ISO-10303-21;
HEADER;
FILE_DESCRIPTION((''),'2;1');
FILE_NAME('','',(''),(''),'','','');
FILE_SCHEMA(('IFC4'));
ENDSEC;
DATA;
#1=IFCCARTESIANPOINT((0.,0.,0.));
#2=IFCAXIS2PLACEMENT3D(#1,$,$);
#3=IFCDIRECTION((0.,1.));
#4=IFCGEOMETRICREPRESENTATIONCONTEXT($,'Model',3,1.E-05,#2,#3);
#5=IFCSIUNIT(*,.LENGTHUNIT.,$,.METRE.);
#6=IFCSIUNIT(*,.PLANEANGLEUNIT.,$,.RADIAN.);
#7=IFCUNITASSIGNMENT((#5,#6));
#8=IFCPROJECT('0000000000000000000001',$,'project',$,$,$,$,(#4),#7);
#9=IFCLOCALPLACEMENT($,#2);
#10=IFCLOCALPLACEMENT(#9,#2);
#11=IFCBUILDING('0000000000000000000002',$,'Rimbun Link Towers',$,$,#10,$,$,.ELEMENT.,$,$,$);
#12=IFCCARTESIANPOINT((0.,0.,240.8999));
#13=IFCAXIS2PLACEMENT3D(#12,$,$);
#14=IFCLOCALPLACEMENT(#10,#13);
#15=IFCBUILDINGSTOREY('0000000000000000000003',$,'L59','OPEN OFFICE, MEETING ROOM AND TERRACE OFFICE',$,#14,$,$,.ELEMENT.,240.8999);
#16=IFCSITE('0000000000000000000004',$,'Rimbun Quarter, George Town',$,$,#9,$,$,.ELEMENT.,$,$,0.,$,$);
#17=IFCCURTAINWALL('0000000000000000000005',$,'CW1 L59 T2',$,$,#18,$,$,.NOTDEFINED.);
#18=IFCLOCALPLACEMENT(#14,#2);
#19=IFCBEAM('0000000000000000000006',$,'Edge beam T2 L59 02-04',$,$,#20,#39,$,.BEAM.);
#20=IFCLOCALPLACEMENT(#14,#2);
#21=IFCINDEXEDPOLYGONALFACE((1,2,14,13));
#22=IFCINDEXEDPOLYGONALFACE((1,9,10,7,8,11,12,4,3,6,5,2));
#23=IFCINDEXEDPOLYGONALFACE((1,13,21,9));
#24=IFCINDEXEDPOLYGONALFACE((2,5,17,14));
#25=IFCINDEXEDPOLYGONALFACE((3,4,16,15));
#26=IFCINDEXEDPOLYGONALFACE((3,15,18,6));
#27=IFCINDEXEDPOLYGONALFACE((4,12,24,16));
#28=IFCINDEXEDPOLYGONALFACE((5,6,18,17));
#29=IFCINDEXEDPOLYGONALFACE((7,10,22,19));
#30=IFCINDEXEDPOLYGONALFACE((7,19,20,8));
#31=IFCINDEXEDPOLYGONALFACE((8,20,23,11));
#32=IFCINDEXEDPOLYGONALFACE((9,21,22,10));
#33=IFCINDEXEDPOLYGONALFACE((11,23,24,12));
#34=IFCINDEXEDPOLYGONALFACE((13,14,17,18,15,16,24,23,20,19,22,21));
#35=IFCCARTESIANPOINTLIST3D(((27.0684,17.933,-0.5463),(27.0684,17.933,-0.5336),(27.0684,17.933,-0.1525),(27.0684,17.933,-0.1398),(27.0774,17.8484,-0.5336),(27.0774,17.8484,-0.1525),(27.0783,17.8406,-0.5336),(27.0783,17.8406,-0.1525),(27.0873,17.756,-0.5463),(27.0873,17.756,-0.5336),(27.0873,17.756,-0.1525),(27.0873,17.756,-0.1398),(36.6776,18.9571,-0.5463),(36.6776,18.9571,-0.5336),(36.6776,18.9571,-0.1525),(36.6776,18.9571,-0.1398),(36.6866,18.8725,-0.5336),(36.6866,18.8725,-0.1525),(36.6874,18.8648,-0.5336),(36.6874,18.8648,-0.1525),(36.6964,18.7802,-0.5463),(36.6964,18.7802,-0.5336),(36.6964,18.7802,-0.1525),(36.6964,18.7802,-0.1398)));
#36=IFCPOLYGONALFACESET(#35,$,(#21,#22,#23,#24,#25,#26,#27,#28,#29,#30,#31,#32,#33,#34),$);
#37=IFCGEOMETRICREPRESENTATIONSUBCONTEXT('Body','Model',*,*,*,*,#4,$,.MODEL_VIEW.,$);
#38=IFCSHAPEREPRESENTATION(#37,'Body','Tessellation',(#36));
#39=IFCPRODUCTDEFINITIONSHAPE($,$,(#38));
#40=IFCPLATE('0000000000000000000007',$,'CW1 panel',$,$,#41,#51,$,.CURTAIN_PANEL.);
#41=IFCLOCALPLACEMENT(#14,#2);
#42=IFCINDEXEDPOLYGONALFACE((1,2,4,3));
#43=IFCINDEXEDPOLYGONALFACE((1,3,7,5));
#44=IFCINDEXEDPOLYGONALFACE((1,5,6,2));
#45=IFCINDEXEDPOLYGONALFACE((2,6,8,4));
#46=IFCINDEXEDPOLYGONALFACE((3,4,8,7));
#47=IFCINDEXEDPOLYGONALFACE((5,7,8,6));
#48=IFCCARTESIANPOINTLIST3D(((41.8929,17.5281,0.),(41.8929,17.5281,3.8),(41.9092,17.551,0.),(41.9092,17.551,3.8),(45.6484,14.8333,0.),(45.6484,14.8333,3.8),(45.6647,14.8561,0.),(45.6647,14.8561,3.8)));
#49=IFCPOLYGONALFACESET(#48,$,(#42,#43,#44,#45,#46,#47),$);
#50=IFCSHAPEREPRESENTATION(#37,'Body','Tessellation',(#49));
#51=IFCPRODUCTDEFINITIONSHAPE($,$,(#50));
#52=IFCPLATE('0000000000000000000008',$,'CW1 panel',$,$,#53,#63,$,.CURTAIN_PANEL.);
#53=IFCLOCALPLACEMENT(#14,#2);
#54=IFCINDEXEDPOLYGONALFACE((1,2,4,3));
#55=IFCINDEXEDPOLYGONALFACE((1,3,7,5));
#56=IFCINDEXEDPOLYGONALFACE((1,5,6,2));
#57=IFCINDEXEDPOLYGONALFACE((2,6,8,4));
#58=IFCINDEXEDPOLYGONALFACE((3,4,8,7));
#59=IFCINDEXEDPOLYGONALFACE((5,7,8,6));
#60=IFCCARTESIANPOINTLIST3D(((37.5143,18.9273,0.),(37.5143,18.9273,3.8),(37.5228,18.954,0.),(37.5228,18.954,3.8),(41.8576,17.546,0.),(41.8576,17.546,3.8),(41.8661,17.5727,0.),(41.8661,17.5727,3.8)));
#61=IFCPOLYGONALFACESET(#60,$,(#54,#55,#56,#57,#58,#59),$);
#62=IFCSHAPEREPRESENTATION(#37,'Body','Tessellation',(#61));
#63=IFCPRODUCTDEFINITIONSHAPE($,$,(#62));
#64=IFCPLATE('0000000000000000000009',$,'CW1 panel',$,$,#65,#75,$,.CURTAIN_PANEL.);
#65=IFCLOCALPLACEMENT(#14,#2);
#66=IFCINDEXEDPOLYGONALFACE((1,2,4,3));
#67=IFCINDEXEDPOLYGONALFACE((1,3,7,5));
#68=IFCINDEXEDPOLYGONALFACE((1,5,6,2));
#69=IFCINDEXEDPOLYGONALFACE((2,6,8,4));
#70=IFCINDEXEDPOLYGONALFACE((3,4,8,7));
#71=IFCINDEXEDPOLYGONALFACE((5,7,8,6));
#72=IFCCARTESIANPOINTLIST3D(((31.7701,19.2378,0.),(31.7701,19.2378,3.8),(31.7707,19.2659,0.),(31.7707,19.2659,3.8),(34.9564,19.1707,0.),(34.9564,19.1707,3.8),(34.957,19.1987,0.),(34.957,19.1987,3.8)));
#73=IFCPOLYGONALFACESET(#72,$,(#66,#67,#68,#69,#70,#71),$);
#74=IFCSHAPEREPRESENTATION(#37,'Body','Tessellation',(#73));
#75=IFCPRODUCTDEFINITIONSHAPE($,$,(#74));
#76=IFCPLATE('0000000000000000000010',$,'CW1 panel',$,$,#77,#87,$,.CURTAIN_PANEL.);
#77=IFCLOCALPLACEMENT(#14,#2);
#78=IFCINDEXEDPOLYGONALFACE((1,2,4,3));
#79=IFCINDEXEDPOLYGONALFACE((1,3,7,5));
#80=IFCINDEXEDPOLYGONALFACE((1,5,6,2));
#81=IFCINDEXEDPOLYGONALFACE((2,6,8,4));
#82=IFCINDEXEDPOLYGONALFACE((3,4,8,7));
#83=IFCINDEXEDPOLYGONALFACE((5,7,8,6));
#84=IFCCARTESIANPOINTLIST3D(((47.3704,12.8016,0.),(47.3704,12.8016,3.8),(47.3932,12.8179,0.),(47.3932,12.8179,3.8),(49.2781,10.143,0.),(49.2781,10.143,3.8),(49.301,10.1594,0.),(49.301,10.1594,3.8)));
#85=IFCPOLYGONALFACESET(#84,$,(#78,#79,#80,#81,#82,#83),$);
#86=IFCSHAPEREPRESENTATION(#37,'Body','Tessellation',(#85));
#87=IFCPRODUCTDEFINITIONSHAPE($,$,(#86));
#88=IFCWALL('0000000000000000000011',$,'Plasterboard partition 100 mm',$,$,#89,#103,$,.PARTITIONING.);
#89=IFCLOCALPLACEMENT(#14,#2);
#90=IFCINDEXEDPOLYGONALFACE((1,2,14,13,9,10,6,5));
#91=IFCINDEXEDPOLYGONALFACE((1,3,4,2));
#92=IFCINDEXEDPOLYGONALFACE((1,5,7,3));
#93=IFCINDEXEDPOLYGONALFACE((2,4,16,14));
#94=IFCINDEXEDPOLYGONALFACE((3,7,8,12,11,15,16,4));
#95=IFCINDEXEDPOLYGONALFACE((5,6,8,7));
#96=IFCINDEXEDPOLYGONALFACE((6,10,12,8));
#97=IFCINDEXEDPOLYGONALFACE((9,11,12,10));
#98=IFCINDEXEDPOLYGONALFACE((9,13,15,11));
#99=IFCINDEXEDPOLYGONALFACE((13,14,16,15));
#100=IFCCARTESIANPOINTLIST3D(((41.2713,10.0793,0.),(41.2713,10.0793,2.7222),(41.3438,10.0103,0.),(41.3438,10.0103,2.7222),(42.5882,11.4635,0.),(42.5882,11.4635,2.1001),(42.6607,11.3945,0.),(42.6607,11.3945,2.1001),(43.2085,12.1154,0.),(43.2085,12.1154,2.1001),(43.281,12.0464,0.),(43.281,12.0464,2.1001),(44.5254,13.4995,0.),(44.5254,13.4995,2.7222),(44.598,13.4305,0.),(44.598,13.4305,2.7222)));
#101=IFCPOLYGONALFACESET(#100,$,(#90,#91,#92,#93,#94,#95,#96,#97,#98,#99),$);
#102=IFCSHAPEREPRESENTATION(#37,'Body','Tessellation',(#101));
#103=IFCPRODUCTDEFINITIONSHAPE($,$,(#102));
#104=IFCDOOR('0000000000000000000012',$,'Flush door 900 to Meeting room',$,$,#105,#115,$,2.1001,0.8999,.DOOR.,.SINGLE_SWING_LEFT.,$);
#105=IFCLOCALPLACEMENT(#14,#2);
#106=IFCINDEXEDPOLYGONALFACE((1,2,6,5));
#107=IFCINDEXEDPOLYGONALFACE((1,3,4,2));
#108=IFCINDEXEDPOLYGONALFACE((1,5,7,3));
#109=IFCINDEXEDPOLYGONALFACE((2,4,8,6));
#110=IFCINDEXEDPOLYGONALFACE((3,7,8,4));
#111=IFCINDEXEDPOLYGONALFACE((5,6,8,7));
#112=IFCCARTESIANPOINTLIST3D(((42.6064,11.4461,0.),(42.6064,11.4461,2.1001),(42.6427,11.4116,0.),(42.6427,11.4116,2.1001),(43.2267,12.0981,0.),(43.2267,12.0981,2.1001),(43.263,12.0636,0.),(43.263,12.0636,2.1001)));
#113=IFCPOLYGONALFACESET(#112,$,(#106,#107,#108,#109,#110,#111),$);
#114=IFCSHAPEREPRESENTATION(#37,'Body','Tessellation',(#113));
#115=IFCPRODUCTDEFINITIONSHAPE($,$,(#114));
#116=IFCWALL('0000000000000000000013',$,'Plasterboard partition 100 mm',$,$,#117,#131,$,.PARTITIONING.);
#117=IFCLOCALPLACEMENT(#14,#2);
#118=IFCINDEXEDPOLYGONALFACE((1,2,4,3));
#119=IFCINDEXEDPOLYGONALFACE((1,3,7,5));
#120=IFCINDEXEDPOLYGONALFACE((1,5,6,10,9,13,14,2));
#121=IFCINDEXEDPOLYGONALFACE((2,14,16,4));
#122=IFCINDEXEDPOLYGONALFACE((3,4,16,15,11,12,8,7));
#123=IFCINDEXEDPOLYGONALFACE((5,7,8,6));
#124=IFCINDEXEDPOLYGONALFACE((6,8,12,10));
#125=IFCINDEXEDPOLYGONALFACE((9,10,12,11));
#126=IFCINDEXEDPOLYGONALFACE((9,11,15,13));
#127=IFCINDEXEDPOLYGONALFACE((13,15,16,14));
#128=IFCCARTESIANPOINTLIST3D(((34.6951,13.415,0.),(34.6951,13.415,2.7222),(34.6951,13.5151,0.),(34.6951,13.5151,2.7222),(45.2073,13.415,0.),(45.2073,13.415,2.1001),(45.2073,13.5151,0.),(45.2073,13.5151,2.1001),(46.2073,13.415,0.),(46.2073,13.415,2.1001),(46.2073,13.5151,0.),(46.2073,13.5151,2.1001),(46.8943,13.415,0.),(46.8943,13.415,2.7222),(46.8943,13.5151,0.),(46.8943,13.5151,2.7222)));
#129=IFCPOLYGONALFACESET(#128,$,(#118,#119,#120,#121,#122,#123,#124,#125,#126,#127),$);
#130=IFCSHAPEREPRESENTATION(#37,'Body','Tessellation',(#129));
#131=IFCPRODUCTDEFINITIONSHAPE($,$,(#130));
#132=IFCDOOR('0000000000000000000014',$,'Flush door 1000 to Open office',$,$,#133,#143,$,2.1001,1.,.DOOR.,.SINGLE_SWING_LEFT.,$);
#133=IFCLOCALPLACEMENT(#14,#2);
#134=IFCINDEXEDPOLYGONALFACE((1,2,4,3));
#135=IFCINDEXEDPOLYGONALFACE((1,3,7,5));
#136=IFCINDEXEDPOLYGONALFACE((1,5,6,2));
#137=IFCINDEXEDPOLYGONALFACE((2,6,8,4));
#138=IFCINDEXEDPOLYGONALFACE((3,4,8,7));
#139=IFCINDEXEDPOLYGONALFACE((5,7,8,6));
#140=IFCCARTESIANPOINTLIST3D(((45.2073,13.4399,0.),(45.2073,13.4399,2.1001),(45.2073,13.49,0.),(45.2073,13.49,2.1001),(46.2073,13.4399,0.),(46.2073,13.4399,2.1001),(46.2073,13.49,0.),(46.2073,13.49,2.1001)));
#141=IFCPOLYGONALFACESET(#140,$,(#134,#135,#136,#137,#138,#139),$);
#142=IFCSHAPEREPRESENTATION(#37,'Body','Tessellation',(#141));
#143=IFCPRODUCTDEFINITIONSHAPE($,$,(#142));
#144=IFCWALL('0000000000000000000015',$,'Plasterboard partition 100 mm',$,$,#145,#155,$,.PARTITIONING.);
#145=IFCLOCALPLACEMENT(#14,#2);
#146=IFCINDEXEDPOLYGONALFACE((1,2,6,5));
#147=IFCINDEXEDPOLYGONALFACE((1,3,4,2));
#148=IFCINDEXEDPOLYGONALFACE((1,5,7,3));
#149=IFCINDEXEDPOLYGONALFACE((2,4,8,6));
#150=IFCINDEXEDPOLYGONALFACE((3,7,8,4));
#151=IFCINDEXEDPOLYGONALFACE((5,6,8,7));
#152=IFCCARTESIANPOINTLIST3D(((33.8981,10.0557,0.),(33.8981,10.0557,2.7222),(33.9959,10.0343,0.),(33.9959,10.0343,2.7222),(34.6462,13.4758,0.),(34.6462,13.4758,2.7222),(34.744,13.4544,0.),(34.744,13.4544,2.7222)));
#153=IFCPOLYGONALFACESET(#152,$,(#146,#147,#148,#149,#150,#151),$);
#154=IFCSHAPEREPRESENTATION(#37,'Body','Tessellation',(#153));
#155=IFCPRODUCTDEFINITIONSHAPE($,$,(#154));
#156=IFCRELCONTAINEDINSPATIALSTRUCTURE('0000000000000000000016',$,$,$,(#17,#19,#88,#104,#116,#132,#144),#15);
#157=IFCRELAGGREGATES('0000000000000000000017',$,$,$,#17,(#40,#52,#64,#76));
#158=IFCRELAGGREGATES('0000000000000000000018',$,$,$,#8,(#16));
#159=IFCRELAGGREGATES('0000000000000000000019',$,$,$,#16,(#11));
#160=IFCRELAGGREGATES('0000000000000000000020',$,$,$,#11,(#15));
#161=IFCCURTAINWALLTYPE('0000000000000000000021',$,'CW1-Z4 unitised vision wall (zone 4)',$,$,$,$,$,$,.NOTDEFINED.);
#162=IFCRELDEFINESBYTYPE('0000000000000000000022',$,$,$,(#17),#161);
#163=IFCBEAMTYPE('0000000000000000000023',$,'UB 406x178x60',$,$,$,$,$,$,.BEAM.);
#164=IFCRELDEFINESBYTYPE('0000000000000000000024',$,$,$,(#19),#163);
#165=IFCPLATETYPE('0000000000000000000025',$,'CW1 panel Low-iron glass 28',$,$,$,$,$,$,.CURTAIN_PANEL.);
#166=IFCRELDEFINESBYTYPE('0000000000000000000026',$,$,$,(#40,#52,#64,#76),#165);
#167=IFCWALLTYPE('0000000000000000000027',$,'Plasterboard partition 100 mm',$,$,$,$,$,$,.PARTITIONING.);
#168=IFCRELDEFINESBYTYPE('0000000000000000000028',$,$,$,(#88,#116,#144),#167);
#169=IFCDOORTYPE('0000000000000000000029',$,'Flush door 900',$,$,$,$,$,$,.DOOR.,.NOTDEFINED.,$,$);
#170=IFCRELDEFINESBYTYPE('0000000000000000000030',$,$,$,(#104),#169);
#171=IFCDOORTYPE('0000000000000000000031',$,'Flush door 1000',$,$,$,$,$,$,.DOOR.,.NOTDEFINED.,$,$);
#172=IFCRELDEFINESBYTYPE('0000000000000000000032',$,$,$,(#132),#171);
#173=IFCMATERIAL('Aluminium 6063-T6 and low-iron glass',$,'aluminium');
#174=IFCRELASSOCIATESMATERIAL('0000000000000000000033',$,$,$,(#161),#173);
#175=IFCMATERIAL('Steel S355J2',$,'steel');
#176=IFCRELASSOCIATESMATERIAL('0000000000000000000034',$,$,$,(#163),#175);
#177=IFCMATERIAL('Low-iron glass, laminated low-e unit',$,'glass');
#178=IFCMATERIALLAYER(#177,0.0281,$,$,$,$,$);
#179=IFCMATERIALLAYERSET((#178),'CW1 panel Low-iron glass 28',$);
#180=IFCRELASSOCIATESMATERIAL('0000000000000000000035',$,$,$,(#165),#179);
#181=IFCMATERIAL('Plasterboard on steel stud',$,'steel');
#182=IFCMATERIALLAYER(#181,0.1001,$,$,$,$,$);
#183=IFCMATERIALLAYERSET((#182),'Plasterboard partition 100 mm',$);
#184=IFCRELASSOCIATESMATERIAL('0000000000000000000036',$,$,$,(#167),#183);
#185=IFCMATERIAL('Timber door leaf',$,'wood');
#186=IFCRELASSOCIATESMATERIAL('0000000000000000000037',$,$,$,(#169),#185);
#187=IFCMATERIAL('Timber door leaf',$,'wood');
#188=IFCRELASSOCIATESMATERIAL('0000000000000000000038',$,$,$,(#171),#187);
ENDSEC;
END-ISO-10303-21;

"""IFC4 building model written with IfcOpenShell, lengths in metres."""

from ifc_helpers import new_model, si_unit, direction, frame, frame_2d, origin, origin_2d, place, context, subcontext, project, spatial, rectangle, i_section, extrude, material, layer, layer_set, material_profile, profile_set, type_object, element, fill, aggregate, save


model = new_model("IFC4")

# Units and contexts
model_context = context("Model", 3, precision=1e-05, world=origin(), true_north=direction((0.0, 1.0)))
body_context = subcontext(model_context, "Body", "Model", "MODEL_VIEW")
ifc_project = project(units=[si_unit("LENGTHUNIT", "METRE"), si_unit("PLANEANGLEUNIT", "RADIAN")], contexts=[model_context])

# Site, building, storey
site_placement = place(None, origin())
site = spatial("IfcSite", under=ifc_project, at=site_placement, Name="Rimbun Quarter, George Town", CompositionType="ELEMENT", RefElevation=0.0)
building_placement = place(site_placement, origin())
building = spatial("IfcBuilding", under=site, at=building_placement, Name="Rimbun Link Towers", CompositionType="ELEMENT")
storey_placement = place(building_placement, frame((0.0, 0.0, 240.8999)))
storey = spatial("IfcBuildingStorey", under=building, at=storey_placement, Name="L59", Description="OPEN OFFICE, MEETING ROOM AND TERRACE OFFICE", CompositionType="ELEMENT", Elevation=240.8999)

# Curtain wall
ifc_material_1 = material(Name="Aluminium 6063-T6 and low-iron glass", Category="aluminium")
curtain_wall_type = type_object("IfcCurtainWallType", Name="CW1-Z4 unitised vision wall (zone 4)", PredefinedType="NOTDEFINED", material=ifc_material_1)
curtain_wall_placement = place(storey_placement, origin())
curtain_wall = element("IfcCurtainWall", 1, at=curtain_wall_placement, inside=storey, type_object=curtain_wall_type, Name="CW1 L59 T2", PredefinedType="NOTDEFINED")

# Beam
ifc_material_2 = material(Name="Steel S355J2", Category="steel")
ifc_material_profile_1 = material_profile(ifc_material_2, i_section(OverallWidth=0.178, OverallDepth=0.4065, WebThickness=0.0078, FlangeThickness=0.0127, at=origin_2d()), Name="UB 406x178x60")
ifc_profile_set_1 = profile_set([ifc_material_profile_1], Name="Steel S355J2")
beam_type = type_object("IfcBeamType", Name="UB 406x178x60", PredefinedType="BEAM", material=ifc_profile_set_1)
beam_1_placement = place(storey_placement, frame((36.687, 18.8687, -0.343), z_axis=(-0.994368, -0.105983, 0.0), x_axis=(0.105983, -0.994368, 0.0)))
element("IfcBeam", 2, at=beam_1_placement, inside=storey, type_object=beam_type, Name="Edge beam T2 L59 02-04", PredefinedType="BEAM", context=body_context, shape_type="SweptSolid", body=[
    extrude(i_section(OverallWidth=0.178, OverallDepth=0.4065, WebThickness=0.0078, FlangeThickness=0.0127, at=origin_2d()), origin(), (0.0, 0.0, 1.0), 9.6636),
])

# Plates
ifc_material_3 = material(Name="Low-iron glass, laminated low-e unit", Category="glass")
ifc_layer_1 = layer(ifc_material_3, 0.0281)
ifc_layer_set_1 = layer_set([ifc_layer_1], Name="CW1 panel Low-iron glass 28")
plate_type = type_object("IfcPlateType", Name="CW1 panel Low-iron glass 28", PredefinedType="CURTAIN_PANEL", material=ifc_layer_set_1)
plate_1_placement = place(storey_placement, frame((43.7788, 16.1921, 0.0), z_axis=(0.0, 0.0, 1.0), x_axis=(0.81247, -0.583003, 0.0)))
plate_1 = element("IfcPlate", 3, at=plate_1_placement, type_object=plate_type, Name="CW1 panel", PredefinedType="CURTAIN_PANEL", context=body_context, shape_type="SweptSolid", body=[
    extrude(rectangle(XDim=4.6223, YDim=0.0281, at=origin_2d()), origin(), (0.0, 0.0, 1.0), 3.8),
])
plate_2_placement = place(storey_placement, frame((39.6902, 18.25, 0.0), z_axis=(0.0, 0.0, 1.0), x_axis=(0.952968, -0.303072, 0.0)))
plate_2 = element("IfcPlate", 4, at=plate_2_placement, type_object=plate_type, Name="CW1 panel", PredefinedType="CURTAIN_PANEL", context=body_context, shape_type="SweptSolid", body=[
    extrude(rectangle(XDim=4.5576, YDim=0.0281, at=origin_2d()), origin(), (0.0, 0.0, 1.0), 3.8),
])
plate_3_placement = place(storey_placement, frame((33.3635, 19.2183, 0.0), z_axis=(0.0, 0.0, 1.0), x_axis=(0.999778, -0.021065, 0.0)))
plate_3 = element("IfcPlate", 5, at=plate_3_placement, type_object=plate_type, Name="CW1 panel", PredefinedType="CURTAIN_PANEL", context=body_context, shape_type="SweptSolid", body=[
    extrude(rectangle(XDim=3.187, YDim=0.0281, at=origin_2d()), origin(), (0.0, 0.0, 1.0), 3.8),
])
plate_4_placement = place(storey_placement, frame((48.3357, 11.4805, 0.0), z_axis=(0.0, 0.0, 1.0), x_axis=(0.583003, -0.81247, 0.0)))
plate_4 = element("IfcPlate", 6, at=plate_4_placement, type_object=plate_type, Name="CW1 panel", PredefinedType="CURTAIN_PANEL", context=body_context, shape_type="SweptSolid", body=[
    extrude(rectangle(XDim=3.2722, YDim=0.0281, at=origin_2d()), origin(), (0.0, 0.0, 1.0), 3.8),
])
aggregate(curtain_wall, [plate_1, plate_2, plate_3, plate_4])

# Walls, openings, doors
ifc_material_4 = material(Name="Plasterboard on steel stud", Category="steel")
ifc_layer_2 = layer(ifc_material_4, 0.1001)
ifc_layer_set_2 = layer_set([ifc_layer_2], Name="Plasterboard partition 100 mm")
wall_type = type_object("IfcWallType", Name="Plasterboard partition 100 mm", PredefinedType="PARTITIONING", material=ifc_layer_set_2)
wall_1_placement = place(storey_placement, frame((41.3076, 10.0449, 0.0), z_axis=(0.0, 0.0, 1.0), x_axis=(0.689305, 0.724471, 0.0)))
wall_1 = element("IfcWall", 7, at=wall_1_placement, inside=storey, type_object=wall_type, Name="Plasterboard partition 100 mm", PredefinedType="PARTITIONING", context=body_context, shape_type="SweptSolid", body=[
    extrude(rectangle(XDim=4.7209, YDim=0.1001, at=frame_2d((2.3604, 0.0))), origin(), (0.0, 0.0, 1.0), 2.7222),
])
opening_1_placement = place(wall_1_placement, frame((1.9104, 0.0, 0.0)))
opening_1 = element("IfcOpeningElement", 8, at=opening_1_placement, cuts=wall_1, PredefinedType="OPENING", context=body_context, shape_type="SweptSolid", body=[
    extrude(rectangle(XDim=0.8999, YDim=2.1001, at=frame_2d((0.45, 1.05))), frame((0.0, 0.0601, 0.0), z_axis=(0.0, -1.0, 0.0), x_axis=(1.0, 0.0, 0.0)), (0.0, 0.0, 1.0), 0.1201),
])
ifc_material_5 = material(Name="Timber door leaf", Category="wood")
door_type_1 = type_object("IfcDoorType", Name="Flush door 900", OperationType="NOTDEFINED", PredefinedType="DOOR", material=ifc_material_5)
door_1_placement = place(opening_1_placement, origin())
door_1 = element("IfcDoor", 9, at=door_1_placement, inside=storey, type_object=door_type_1, Name="Flush door 900 to Meeting room", OperationType="SINGLE_SWING_LEFT", OverallHeight=2.1001, OverallWidth=0.8999, PredefinedType="DOOR", context=body_context, shape_type="SweptSolid", body=[
    extrude(rectangle(XDim=0.8999, YDim=2.1001, at=frame_2d((0.45, 1.05))), frame((0.0, 0.0249, 0.0), z_axis=(0.0, -1.0, 0.0), x_axis=(1.0, 0.0, 0.0)), (0.0, 0.0, 1.0), 0.05),
])
fill(opening_1, door_1)
wall_2_placement = place(storey_placement, frame((34.6951, 13.4651, 0.0), z_axis=(0.0, 0.0, 1.0), x_axis=(1.0, 0.0, 0.0)))
wall_2 = element("IfcWall", 10, at=wall_2_placement, inside=storey, type_object=wall_type, Name="Plasterboard partition 100 mm", PredefinedType="PARTITIONING", context=body_context, shape_type="SweptSolid", body=[
    extrude(rectangle(XDim=12.1992, YDim=0.1001, at=frame_2d((6.0996, 0.0))), origin(), (0.0, 0.0, 1.0), 2.7222),
])
opening_2_placement = place(wall_2_placement, frame((10.5122, 0.0, 0.0)))
opening_2 = element("IfcOpeningElement", 11, at=opening_2_placement, cuts=wall_2, PredefinedType="OPENING", context=body_context, shape_type="SweptSolid", body=[
    extrude(rectangle(XDim=1.0, YDim=2.1001, at=frame_2d((0.5, 1.05))), frame((0.0, 0.0601, 0.0), z_axis=(0.0, -1.0, 0.0), x_axis=(1.0, 0.0, 0.0)), (0.0, 0.0, 1.0), 0.1201),
])
ifc_material_6 = material(Name="Timber door leaf", Category="wood")
door_type_2 = type_object("IfcDoorType", Name="Flush door 1000", OperationType="NOTDEFINED", PredefinedType="DOOR", material=ifc_material_6)
door_2_placement = place(opening_2_placement, origin())
door_2 = element("IfcDoor", 12, at=door_2_placement, inside=storey, type_object=door_type_2, Name="Flush door 1000 to Open office", OperationType="SINGLE_SWING_LEFT", OverallHeight=2.1001, OverallWidth=1.0, PredefinedType="DOOR", context=body_context, shape_type="SweptSolid", body=[
    extrude(rectangle(XDim=1.0, YDim=2.1001, at=frame_2d((0.5, 1.05))), frame((0.0, 0.0249, 0.0), z_axis=(0.0, -1.0, 0.0), x_axis=(1.0, 0.0, 0.0)), (0.0, 0.0, 1.0), 0.05),
])
fill(opening_2, door_2)

# Wall
wall_3_placement = place(storey_placement, frame((34.6951, 13.4651, 0.0), z_axis=(0.0, 0.0, 1.0), x_axis=(-0.213666, -0.976907, 0.0)))
element("IfcWall", 13, at=wall_3_placement, inside=storey, type_object=wall_type, Name="Plasterboard partition 100 mm", PredefinedType="PARTITIONING", context=body_context, shape_type="SweptSolid", body=[
    extrude(rectangle(XDim=3.501, YDim=0.1001, at=frame_2d((1.7505, 0.0))), origin(), (0.0, 0.0, 1.0), 2.7222),
])

save(model, "model.ifc")
